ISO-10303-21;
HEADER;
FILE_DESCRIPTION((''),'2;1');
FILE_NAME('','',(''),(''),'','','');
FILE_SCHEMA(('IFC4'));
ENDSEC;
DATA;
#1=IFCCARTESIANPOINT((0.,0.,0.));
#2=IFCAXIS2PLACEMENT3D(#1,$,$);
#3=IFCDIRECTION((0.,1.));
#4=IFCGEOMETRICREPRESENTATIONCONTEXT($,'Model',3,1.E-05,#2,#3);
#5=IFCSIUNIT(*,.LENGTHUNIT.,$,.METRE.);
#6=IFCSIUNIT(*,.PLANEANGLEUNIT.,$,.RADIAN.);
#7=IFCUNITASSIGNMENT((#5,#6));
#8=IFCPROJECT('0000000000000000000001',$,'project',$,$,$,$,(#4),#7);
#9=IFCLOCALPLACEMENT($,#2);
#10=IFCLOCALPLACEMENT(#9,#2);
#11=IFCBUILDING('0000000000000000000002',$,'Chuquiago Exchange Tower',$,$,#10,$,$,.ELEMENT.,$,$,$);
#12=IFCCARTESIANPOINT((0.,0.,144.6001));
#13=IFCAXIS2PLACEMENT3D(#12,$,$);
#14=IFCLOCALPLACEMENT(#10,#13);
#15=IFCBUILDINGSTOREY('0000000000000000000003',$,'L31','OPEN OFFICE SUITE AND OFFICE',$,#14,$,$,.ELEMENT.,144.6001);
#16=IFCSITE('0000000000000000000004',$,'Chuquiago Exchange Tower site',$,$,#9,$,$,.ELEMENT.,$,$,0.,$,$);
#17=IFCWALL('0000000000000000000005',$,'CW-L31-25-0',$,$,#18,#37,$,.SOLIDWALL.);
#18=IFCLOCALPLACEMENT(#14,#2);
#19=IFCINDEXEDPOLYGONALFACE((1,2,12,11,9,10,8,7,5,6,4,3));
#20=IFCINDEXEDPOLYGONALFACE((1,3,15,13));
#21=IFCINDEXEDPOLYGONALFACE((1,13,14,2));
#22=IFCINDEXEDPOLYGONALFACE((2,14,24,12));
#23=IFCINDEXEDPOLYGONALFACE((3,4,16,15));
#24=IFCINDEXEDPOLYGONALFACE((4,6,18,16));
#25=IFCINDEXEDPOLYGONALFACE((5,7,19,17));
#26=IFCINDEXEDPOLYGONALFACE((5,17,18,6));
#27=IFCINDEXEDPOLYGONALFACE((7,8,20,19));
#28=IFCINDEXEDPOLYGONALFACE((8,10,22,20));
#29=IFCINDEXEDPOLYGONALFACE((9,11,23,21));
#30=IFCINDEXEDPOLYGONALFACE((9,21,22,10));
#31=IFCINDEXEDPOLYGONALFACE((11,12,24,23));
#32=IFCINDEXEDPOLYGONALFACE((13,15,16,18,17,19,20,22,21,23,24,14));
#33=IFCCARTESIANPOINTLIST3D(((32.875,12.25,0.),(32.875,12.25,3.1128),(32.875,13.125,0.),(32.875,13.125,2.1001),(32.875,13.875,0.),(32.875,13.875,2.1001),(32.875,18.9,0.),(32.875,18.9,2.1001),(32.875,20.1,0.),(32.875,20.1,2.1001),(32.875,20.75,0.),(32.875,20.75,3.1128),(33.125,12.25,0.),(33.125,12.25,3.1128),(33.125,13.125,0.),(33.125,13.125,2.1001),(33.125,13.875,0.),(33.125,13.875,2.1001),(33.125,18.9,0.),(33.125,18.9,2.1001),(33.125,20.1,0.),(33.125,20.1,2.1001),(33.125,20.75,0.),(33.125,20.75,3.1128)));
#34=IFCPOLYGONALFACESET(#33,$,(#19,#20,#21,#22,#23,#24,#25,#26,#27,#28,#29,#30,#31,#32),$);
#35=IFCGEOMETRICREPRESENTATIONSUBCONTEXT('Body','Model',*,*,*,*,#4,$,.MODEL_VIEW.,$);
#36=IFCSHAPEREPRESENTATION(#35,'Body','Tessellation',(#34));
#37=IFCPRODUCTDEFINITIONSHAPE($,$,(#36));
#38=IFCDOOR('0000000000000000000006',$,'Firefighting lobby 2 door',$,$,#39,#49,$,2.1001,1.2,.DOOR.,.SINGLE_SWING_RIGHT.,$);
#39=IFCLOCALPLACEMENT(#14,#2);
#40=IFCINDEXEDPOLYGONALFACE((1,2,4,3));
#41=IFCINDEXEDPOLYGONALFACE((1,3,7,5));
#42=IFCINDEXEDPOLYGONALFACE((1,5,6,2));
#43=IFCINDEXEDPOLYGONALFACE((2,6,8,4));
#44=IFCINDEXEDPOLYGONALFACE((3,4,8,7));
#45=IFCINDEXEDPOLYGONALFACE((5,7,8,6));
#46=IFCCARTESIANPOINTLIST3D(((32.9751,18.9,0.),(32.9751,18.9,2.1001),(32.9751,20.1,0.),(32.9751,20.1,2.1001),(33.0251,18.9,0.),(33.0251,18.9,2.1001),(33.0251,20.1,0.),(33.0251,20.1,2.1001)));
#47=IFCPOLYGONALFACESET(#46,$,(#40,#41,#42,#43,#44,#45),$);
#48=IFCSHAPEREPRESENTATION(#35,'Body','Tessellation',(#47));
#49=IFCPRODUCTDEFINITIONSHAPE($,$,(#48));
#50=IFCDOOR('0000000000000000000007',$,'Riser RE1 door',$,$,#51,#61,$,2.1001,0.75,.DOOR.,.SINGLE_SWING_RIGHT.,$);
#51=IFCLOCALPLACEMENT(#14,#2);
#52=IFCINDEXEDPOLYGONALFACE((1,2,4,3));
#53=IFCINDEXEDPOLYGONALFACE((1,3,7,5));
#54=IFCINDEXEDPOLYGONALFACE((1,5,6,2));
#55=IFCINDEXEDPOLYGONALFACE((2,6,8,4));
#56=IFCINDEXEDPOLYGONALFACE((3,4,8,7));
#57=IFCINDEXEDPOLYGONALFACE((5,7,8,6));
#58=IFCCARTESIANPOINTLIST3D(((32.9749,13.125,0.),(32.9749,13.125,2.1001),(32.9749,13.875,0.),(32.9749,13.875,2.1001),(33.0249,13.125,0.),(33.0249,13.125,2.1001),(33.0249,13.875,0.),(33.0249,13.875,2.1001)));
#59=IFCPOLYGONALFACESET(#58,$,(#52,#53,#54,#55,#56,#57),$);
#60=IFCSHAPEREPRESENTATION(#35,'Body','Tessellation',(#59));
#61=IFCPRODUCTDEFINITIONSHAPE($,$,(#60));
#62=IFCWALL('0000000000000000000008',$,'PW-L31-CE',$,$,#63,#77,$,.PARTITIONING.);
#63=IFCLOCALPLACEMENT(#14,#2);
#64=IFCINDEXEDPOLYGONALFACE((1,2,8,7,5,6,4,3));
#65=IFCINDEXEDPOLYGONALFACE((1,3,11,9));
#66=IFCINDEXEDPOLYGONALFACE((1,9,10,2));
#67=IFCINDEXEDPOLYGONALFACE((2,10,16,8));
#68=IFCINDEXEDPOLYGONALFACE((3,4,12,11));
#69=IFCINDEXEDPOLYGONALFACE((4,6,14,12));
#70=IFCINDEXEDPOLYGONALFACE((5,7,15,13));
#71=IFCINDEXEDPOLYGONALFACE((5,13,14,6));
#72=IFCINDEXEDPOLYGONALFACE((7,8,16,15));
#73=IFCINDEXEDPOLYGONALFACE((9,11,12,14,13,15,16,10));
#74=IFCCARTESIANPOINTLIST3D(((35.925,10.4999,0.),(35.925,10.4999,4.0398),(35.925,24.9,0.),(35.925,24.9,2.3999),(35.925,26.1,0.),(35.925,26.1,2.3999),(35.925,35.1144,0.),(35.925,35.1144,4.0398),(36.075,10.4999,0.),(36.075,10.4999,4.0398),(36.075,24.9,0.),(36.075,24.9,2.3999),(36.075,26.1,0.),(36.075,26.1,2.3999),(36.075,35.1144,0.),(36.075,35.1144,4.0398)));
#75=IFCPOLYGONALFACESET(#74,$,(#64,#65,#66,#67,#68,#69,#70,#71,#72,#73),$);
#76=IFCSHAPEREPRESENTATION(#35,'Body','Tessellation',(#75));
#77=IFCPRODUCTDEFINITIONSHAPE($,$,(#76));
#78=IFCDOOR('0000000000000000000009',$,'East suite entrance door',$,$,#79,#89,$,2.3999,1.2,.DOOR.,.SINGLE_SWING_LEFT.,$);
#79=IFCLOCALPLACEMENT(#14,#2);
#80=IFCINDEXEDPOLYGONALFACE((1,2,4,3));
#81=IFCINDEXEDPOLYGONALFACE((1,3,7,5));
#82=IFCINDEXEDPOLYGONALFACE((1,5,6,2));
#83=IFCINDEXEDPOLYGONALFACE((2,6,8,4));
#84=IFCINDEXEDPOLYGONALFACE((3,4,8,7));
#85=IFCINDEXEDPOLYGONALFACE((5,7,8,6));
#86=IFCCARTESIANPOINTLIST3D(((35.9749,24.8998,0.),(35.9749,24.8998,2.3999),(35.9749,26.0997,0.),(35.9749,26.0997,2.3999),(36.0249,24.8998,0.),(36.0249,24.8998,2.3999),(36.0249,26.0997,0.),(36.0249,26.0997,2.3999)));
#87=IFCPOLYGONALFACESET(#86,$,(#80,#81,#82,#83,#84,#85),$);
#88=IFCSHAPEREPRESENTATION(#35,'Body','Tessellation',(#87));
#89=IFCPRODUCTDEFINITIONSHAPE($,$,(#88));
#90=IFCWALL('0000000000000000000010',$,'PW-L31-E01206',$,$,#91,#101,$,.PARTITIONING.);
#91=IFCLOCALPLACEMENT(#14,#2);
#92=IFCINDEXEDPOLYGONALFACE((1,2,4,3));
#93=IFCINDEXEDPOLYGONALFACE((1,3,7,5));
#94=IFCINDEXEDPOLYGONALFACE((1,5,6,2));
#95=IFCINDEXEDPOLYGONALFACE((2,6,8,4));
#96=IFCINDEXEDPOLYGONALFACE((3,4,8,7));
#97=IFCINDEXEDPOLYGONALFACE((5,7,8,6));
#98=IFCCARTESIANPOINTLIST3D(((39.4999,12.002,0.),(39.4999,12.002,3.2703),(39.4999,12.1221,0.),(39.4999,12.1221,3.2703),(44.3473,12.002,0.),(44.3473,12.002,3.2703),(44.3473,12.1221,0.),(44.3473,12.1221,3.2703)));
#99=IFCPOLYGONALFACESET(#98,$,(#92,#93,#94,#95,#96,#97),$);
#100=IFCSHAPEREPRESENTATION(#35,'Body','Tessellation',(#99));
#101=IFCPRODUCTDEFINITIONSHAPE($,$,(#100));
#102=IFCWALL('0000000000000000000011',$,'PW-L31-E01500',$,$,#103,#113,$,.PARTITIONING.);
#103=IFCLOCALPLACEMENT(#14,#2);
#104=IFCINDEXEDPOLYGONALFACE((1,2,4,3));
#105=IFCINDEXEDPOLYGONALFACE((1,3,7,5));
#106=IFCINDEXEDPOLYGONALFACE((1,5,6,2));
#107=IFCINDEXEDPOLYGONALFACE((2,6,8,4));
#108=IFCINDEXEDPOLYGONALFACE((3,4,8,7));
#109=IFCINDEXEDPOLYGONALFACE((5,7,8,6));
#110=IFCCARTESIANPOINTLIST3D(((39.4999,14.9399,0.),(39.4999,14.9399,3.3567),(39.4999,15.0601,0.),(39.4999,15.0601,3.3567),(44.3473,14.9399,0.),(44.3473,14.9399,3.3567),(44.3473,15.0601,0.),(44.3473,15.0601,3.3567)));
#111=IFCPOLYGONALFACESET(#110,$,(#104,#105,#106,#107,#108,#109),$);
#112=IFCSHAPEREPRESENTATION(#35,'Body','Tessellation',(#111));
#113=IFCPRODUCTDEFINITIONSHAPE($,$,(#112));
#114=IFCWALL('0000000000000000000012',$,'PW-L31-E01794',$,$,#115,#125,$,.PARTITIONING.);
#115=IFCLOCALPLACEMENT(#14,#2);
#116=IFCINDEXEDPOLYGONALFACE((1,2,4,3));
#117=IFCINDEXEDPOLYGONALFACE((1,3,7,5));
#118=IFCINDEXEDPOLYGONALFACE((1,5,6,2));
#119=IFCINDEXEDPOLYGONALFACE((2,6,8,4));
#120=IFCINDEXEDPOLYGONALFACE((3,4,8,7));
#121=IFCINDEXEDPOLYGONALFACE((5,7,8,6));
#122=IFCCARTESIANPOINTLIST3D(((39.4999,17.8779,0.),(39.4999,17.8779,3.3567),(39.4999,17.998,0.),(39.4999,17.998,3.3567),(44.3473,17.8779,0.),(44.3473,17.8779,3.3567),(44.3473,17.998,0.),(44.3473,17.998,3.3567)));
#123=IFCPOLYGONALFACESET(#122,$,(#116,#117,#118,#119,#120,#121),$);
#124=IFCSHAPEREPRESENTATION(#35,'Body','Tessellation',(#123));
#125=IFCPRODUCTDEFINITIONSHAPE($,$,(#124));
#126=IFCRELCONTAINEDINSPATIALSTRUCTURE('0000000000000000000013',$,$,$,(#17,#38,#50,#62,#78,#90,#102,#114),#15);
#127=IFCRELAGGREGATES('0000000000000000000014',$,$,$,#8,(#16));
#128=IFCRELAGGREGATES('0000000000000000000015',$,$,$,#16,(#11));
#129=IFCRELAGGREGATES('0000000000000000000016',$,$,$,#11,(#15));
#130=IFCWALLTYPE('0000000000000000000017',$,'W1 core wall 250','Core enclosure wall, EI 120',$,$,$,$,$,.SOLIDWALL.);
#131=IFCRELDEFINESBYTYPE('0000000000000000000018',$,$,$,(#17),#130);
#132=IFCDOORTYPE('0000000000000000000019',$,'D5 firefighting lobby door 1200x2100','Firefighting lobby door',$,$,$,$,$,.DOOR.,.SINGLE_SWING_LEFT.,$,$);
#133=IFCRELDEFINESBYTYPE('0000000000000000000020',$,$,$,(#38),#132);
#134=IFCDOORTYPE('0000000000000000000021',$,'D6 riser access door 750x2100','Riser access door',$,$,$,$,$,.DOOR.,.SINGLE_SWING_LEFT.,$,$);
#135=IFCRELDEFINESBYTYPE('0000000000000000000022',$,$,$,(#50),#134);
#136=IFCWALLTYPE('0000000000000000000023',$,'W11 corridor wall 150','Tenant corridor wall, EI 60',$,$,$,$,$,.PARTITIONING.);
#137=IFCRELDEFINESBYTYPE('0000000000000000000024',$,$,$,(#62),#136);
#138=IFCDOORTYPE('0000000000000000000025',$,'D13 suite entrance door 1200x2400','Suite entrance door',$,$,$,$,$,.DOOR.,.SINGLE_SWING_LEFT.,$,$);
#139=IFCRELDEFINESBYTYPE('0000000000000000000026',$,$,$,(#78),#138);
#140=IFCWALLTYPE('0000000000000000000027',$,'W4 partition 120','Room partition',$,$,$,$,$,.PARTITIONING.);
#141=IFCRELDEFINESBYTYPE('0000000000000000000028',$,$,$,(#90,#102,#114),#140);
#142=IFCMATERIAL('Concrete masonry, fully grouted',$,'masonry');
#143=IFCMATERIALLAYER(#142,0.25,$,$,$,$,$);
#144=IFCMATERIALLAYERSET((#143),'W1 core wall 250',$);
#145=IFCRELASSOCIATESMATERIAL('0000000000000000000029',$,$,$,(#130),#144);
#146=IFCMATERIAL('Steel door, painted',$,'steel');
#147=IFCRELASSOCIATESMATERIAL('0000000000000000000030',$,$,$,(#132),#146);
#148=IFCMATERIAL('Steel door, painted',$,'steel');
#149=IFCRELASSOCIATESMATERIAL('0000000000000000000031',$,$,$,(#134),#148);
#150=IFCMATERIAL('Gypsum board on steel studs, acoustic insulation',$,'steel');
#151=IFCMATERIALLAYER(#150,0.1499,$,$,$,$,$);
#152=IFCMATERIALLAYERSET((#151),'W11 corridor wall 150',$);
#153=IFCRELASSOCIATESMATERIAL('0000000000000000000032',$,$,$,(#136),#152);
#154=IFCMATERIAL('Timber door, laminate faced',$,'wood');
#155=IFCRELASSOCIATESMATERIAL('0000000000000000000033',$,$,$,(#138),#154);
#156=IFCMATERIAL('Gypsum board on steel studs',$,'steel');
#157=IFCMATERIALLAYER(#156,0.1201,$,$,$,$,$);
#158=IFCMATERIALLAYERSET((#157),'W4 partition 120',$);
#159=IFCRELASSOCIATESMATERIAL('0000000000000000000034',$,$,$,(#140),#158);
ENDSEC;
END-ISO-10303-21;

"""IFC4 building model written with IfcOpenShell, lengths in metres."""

from ifc_helpers import new_model, si_unit, direction, frame, frame_2d, origin, place, context, subcontext, project, spatial, rectangle, extrude, material, layer, layer_set, type_object, element, fill, save


model = new_model("IFC4")

# Units and contexts
model_context = context("Model", 3, precision=1e-05, world=origin(), true_north=direction((0.0, 1.0)))
body_context = subcontext(model_context, "Body", "Model", "MODEL_VIEW")
ifc_project = project(units=[si_unit("LENGTHUNIT", "METRE"), si_unit("PLANEANGLEUNIT", "RADIAN")], contexts=[model_context])

# Site, building, storey
site_placement = place(None, origin())
site = spatial("IfcSite", under=ifc_project, at=site_placement, Name="Chuquiago Exchange Tower site", CompositionType="ELEMENT", RefElevation=0.0)
building_placement = place(site_placement, origin())
building = spatial("IfcBuilding", under=site, at=building_placement, Name="Chuquiago Exchange Tower", CompositionType="ELEMENT")
storey_placement = place(building_placement, frame((0.0, 0.0, 144.6001)))
storey = spatial("IfcBuildingStorey", under=building, at=storey_placement, Name="L31", Description="OPEN OFFICE SUITE AND OFFICE", CompositionType="ELEMENT", Elevation=144.6001)

# Wall, openings, doors
ifc_material_1 = material(Name="Concrete masonry, fully grouted", Category="masonry")
ifc_layer_1 = layer(ifc_material_1, 0.25)
ifc_layer_set_1 = layer_set([ifc_layer_1], Name="W1 core wall 250")
wall_type_1 = type_object("IfcWallType", Name="W1 core wall 250", Description="Core enclosure wall, EI 120", PredefinedType="SOLIDWALL", material=ifc_layer_set_1)
wall_1_placement = place(storey_placement, frame((33.0, 12.25, 0.0), z_axis=(0.0, 0.0, 1.0), x_axis=(0.0, 1.0, 0.0)))
wall_1 = element("IfcWall", 1, at=wall_1_placement, inside=storey, type_object=wall_type_1, Name="CW-L31-25-0", PredefinedType="SOLIDWALL", context=body_context, shape_type="SweptSolid", body=[
    extrude(rectangle(XDim=8.5, YDim=0.25, at=frame_2d((4.25, 0.0))), origin(), (0.0, 0.0, 1.0), 3.1128),
])
opening_1_placement = place(wall_1_placement, frame((6.6499, 0.0, 0.0)))
opening_1 = element("IfcOpeningElement", 2, at=opening_1_placement, cuts=wall_1, PredefinedType="OPENING", context=body_context, shape_type="SweptSolid", body=[
    extrude(rectangle(XDim=1.2, YDim=2.1001, at=frame_2d((0.6001, 1.05))), frame((0.0, 0.135, 0.0), z_axis=(0.0, -1.0, 0.0), x_axis=(1.0, 0.0, 0.0)), (0.0, 0.0, 1.0), 0.27),
])
opening_2_placement = place(wall_1_placement, frame((0.875, 0.0, 0.0)))
opening_2 = element("IfcOpeningElement", 3, at=opening_2_placement, cuts=wall_1, PredefinedType="OPENING", context=body_context, shape_type="SweptSolid", body=[
    extrude(rectangle(XDim=0.75, YDim=2.1001, at=frame_2d((0.375, 1.05))), frame((0.0, 0.135, 0.0), z_axis=(0.0, -1.0, 0.0), x_axis=(1.0, 0.0, 0.0)), (0.0, 0.0, 1.0), 0.27),
])
ifc_material_2 = material(Name="Steel door, painted", Category="steel")
door_type_1 = type_object("IfcDoorType", Name="D5 firefighting lobby door 1200x2100", Description="Firefighting lobby door", OperationType="SINGLE_SWING_LEFT", PredefinedType="DOOR", material=ifc_material_2)
door_1_placement = place(opening_1_placement, origin())
door_1 = element("IfcDoor", 4, at=door_1_placement, inside=storey, type_object=door_type_1, Name="Firefighting lobby 2 door", OperationType="SINGLE_SWING_RIGHT", OverallHeight=2.1001, OverallWidth=1.2, PredefinedType="DOOR", context=body_context, shape_type="SweptSolid", body=[
    extrude(rectangle(XDim=1.2, YDim=2.1001, at=frame_2d((0.6001, 1.05))), frame((0.0, 0.0249, 0.0), z_axis=(0.0, -1.0, 0.0), x_axis=(1.0, 0.0, 0.0)), (0.0, 0.0, 1.0), 0.05),
])
fill(opening_1, door_1)
ifc_material_3 = material(Name="Steel door, painted", Category="steel")
door_type_2 = type_object("IfcDoorType", Name="D6 riser access door 750x2100", Description="Riser access door", OperationType="SINGLE_SWING_LEFT", PredefinedType="DOOR", material=ifc_material_3)
door_2_placement = place(opening_2_placement, frame((0.75, 0.0, 0.0), z_axis=(0.0, 0.0, 1.0), x_axis=(-1.0, 0.0, 0.0)))
door_2 = element("IfcDoor", 5, at=door_2_placement, inside=storey, type_object=door_type_2, Name="Riser RE1 door", OperationType="SINGLE_SWING_RIGHT", OverallHeight=2.1001, OverallWidth=0.75, PredefinedType="DOOR", context=body_context, shape_type="SweptSolid", body=[
    extrude(rectangle(XDim=0.75, YDim=2.1001, at=frame_2d((0.375, 1.05))), frame((0.0, 0.0249, 0.0), z_axis=(0.0, -1.0, 0.0), x_axis=(1.0, 0.0, 0.0)), (0.0, 0.0, 1.0), 0.05),
])
fill(opening_2, door_2)

# Wall, opening, door
ifc_material_4 = material(Name="Gypsum board on steel studs, acoustic insulation", Category="steel")
ifc_layer_2 = layer(ifc_material_4, 0.1499)
ifc_layer_set_2 = layer_set([ifc_layer_2], Name="W11 corridor wall 150")
wall_type_2 = type_object("IfcWallType", Name="W11 corridor wall 150", Description="Tenant corridor wall, EI 60", PredefinedType="PARTITIONING", material=ifc_layer_set_2)
wall_2_placement = place(storey_placement, frame((36.0, 10.5, 0.0), z_axis=(0.0, 0.0, 1.0), x_axis=(0.0, 1.0, 0.0)))
wall_2 = element("IfcWall", 6, at=wall_2_placement, inside=storey, type_object=wall_type_2, Name="PW-L31-CE", PredefinedType="PARTITIONING", context=body_context, shape_type="SweptSolid", body=[
    extrude(rectangle(XDim=24.6145, YDim=0.1499, at=frame_2d((12.3071, 0.0))), origin(), (0.0, 0.0, 1.0), 4.0398),
])
opening_3_placement = place(wall_2_placement, frame((14.3999, 0.0, 0.0)))
opening_3 = element("IfcOpeningElement", 7, at=opening_3_placement, cuts=wall_2, PredefinedType="OPENING", context=body_context, shape_type="SweptSolid", body=[
    extrude(rectangle(XDim=1.2, YDim=2.3999, at=frame_2d((0.6001, 1.2))), frame((0.0, 0.085, 0.0), z_axis=(0.0, -1.0, 0.0), x_axis=(1.0, 0.0, 0.0)), (0.0, 0.0, 1.0), 0.1699),
])
ifc_material_5 = material(Name="Timber door, laminate faced", Category="wood")
door_type_3 = type_object("IfcDoorType", Name="D13 suite entrance door 1200x2400", Description="Suite entrance door", OperationType="SINGLE_SWING_LEFT", PredefinedType="DOOR", material=ifc_material_5)
door_3_placement = place(opening_3_placement, frame((1.2, 0.0, 0.0), z_axis=(0.0, 0.0, 1.0), x_axis=(-1.0, 0.0, 0.0)))
door_3 = element("IfcDoor", 8, at=door_3_placement, inside=storey, type_object=door_type_3, Name="East suite entrance door", OperationType="SINGLE_SWING_LEFT", OverallHeight=2.3999, OverallWidth=1.2, PredefinedType="DOOR", context=body_context, shape_type="SweptSolid", body=[
    extrude(rectangle(XDim=1.2, YDim=2.3999, at=frame_2d((0.6001, 1.2))), frame((0.0, 0.0249, 0.0), z_axis=(0.0, -1.0, 0.0), x_axis=(1.0, 0.0, 0.0)), (0.0, 0.0, 1.0), 0.05),
])
fill(opening_3, door_3)

# Walls
ifc_material_6 = material(Name="Gypsum board on steel studs", Category="steel")
ifc_layer_3 = layer(ifc_material_6, 0.1201)
ifc_layer_set_3 = layer_set([ifc_layer_3], Name="W4 partition 120")
wall_type_3 = type_object("IfcWallType", Name="W4 partition 120", Description="Room partition", PredefinedType="PARTITIONING", material=ifc_layer_set_3)
wall_3_placement = place(storey_placement, frame((44.3474, 12.062, 0.0), z_axis=(0.0, 0.0, 1.0), x_axis=(-1.0, 0.0, 0.0)))
element("IfcWall", 9, at=wall_3_placement, inside=storey, type_object=wall_type_3, Name="PW-L31-E01206", PredefinedType="PARTITIONING", context=body_context, shape_type="SweptSolid", body=[
    extrude(rectangle(XDim=4.8474, YDim=0.1201, at=frame_2d((2.4238, 0.0))), origin(), (0.0, 0.0, 1.0), 3.2703),
])
for number, where, z_axis, x_axis, name in (
    (10, (44.3474, 15.0, 0.0), (0.0, 0.0, 1.0), (-1.0, 0.0, 0.0), "PW-L31-E01500"),
    (11, (44.3474, 17.938, 0.0), (0.0, 0.0, 1.0), (-1.0, 0.0, 0.0), "PW-L31-E01794"),
):
    element("IfcWall", number, at=place(storey_placement, frame(where, z_axis=z_axis, x_axis=x_axis)), inside=storey, type_object=wall_type_3, Name=name, PredefinedType="PARTITIONING", context=body_context, shape_type="SweptSolid", body=[
        extrude(rectangle(XDim=4.8474, YDim=0.1201, at=frame_2d((2.4238, 0.0))), origin(), (0.0, 0.0, 1.0), 3.3567),
    ])

save(model, "model.ifc")
